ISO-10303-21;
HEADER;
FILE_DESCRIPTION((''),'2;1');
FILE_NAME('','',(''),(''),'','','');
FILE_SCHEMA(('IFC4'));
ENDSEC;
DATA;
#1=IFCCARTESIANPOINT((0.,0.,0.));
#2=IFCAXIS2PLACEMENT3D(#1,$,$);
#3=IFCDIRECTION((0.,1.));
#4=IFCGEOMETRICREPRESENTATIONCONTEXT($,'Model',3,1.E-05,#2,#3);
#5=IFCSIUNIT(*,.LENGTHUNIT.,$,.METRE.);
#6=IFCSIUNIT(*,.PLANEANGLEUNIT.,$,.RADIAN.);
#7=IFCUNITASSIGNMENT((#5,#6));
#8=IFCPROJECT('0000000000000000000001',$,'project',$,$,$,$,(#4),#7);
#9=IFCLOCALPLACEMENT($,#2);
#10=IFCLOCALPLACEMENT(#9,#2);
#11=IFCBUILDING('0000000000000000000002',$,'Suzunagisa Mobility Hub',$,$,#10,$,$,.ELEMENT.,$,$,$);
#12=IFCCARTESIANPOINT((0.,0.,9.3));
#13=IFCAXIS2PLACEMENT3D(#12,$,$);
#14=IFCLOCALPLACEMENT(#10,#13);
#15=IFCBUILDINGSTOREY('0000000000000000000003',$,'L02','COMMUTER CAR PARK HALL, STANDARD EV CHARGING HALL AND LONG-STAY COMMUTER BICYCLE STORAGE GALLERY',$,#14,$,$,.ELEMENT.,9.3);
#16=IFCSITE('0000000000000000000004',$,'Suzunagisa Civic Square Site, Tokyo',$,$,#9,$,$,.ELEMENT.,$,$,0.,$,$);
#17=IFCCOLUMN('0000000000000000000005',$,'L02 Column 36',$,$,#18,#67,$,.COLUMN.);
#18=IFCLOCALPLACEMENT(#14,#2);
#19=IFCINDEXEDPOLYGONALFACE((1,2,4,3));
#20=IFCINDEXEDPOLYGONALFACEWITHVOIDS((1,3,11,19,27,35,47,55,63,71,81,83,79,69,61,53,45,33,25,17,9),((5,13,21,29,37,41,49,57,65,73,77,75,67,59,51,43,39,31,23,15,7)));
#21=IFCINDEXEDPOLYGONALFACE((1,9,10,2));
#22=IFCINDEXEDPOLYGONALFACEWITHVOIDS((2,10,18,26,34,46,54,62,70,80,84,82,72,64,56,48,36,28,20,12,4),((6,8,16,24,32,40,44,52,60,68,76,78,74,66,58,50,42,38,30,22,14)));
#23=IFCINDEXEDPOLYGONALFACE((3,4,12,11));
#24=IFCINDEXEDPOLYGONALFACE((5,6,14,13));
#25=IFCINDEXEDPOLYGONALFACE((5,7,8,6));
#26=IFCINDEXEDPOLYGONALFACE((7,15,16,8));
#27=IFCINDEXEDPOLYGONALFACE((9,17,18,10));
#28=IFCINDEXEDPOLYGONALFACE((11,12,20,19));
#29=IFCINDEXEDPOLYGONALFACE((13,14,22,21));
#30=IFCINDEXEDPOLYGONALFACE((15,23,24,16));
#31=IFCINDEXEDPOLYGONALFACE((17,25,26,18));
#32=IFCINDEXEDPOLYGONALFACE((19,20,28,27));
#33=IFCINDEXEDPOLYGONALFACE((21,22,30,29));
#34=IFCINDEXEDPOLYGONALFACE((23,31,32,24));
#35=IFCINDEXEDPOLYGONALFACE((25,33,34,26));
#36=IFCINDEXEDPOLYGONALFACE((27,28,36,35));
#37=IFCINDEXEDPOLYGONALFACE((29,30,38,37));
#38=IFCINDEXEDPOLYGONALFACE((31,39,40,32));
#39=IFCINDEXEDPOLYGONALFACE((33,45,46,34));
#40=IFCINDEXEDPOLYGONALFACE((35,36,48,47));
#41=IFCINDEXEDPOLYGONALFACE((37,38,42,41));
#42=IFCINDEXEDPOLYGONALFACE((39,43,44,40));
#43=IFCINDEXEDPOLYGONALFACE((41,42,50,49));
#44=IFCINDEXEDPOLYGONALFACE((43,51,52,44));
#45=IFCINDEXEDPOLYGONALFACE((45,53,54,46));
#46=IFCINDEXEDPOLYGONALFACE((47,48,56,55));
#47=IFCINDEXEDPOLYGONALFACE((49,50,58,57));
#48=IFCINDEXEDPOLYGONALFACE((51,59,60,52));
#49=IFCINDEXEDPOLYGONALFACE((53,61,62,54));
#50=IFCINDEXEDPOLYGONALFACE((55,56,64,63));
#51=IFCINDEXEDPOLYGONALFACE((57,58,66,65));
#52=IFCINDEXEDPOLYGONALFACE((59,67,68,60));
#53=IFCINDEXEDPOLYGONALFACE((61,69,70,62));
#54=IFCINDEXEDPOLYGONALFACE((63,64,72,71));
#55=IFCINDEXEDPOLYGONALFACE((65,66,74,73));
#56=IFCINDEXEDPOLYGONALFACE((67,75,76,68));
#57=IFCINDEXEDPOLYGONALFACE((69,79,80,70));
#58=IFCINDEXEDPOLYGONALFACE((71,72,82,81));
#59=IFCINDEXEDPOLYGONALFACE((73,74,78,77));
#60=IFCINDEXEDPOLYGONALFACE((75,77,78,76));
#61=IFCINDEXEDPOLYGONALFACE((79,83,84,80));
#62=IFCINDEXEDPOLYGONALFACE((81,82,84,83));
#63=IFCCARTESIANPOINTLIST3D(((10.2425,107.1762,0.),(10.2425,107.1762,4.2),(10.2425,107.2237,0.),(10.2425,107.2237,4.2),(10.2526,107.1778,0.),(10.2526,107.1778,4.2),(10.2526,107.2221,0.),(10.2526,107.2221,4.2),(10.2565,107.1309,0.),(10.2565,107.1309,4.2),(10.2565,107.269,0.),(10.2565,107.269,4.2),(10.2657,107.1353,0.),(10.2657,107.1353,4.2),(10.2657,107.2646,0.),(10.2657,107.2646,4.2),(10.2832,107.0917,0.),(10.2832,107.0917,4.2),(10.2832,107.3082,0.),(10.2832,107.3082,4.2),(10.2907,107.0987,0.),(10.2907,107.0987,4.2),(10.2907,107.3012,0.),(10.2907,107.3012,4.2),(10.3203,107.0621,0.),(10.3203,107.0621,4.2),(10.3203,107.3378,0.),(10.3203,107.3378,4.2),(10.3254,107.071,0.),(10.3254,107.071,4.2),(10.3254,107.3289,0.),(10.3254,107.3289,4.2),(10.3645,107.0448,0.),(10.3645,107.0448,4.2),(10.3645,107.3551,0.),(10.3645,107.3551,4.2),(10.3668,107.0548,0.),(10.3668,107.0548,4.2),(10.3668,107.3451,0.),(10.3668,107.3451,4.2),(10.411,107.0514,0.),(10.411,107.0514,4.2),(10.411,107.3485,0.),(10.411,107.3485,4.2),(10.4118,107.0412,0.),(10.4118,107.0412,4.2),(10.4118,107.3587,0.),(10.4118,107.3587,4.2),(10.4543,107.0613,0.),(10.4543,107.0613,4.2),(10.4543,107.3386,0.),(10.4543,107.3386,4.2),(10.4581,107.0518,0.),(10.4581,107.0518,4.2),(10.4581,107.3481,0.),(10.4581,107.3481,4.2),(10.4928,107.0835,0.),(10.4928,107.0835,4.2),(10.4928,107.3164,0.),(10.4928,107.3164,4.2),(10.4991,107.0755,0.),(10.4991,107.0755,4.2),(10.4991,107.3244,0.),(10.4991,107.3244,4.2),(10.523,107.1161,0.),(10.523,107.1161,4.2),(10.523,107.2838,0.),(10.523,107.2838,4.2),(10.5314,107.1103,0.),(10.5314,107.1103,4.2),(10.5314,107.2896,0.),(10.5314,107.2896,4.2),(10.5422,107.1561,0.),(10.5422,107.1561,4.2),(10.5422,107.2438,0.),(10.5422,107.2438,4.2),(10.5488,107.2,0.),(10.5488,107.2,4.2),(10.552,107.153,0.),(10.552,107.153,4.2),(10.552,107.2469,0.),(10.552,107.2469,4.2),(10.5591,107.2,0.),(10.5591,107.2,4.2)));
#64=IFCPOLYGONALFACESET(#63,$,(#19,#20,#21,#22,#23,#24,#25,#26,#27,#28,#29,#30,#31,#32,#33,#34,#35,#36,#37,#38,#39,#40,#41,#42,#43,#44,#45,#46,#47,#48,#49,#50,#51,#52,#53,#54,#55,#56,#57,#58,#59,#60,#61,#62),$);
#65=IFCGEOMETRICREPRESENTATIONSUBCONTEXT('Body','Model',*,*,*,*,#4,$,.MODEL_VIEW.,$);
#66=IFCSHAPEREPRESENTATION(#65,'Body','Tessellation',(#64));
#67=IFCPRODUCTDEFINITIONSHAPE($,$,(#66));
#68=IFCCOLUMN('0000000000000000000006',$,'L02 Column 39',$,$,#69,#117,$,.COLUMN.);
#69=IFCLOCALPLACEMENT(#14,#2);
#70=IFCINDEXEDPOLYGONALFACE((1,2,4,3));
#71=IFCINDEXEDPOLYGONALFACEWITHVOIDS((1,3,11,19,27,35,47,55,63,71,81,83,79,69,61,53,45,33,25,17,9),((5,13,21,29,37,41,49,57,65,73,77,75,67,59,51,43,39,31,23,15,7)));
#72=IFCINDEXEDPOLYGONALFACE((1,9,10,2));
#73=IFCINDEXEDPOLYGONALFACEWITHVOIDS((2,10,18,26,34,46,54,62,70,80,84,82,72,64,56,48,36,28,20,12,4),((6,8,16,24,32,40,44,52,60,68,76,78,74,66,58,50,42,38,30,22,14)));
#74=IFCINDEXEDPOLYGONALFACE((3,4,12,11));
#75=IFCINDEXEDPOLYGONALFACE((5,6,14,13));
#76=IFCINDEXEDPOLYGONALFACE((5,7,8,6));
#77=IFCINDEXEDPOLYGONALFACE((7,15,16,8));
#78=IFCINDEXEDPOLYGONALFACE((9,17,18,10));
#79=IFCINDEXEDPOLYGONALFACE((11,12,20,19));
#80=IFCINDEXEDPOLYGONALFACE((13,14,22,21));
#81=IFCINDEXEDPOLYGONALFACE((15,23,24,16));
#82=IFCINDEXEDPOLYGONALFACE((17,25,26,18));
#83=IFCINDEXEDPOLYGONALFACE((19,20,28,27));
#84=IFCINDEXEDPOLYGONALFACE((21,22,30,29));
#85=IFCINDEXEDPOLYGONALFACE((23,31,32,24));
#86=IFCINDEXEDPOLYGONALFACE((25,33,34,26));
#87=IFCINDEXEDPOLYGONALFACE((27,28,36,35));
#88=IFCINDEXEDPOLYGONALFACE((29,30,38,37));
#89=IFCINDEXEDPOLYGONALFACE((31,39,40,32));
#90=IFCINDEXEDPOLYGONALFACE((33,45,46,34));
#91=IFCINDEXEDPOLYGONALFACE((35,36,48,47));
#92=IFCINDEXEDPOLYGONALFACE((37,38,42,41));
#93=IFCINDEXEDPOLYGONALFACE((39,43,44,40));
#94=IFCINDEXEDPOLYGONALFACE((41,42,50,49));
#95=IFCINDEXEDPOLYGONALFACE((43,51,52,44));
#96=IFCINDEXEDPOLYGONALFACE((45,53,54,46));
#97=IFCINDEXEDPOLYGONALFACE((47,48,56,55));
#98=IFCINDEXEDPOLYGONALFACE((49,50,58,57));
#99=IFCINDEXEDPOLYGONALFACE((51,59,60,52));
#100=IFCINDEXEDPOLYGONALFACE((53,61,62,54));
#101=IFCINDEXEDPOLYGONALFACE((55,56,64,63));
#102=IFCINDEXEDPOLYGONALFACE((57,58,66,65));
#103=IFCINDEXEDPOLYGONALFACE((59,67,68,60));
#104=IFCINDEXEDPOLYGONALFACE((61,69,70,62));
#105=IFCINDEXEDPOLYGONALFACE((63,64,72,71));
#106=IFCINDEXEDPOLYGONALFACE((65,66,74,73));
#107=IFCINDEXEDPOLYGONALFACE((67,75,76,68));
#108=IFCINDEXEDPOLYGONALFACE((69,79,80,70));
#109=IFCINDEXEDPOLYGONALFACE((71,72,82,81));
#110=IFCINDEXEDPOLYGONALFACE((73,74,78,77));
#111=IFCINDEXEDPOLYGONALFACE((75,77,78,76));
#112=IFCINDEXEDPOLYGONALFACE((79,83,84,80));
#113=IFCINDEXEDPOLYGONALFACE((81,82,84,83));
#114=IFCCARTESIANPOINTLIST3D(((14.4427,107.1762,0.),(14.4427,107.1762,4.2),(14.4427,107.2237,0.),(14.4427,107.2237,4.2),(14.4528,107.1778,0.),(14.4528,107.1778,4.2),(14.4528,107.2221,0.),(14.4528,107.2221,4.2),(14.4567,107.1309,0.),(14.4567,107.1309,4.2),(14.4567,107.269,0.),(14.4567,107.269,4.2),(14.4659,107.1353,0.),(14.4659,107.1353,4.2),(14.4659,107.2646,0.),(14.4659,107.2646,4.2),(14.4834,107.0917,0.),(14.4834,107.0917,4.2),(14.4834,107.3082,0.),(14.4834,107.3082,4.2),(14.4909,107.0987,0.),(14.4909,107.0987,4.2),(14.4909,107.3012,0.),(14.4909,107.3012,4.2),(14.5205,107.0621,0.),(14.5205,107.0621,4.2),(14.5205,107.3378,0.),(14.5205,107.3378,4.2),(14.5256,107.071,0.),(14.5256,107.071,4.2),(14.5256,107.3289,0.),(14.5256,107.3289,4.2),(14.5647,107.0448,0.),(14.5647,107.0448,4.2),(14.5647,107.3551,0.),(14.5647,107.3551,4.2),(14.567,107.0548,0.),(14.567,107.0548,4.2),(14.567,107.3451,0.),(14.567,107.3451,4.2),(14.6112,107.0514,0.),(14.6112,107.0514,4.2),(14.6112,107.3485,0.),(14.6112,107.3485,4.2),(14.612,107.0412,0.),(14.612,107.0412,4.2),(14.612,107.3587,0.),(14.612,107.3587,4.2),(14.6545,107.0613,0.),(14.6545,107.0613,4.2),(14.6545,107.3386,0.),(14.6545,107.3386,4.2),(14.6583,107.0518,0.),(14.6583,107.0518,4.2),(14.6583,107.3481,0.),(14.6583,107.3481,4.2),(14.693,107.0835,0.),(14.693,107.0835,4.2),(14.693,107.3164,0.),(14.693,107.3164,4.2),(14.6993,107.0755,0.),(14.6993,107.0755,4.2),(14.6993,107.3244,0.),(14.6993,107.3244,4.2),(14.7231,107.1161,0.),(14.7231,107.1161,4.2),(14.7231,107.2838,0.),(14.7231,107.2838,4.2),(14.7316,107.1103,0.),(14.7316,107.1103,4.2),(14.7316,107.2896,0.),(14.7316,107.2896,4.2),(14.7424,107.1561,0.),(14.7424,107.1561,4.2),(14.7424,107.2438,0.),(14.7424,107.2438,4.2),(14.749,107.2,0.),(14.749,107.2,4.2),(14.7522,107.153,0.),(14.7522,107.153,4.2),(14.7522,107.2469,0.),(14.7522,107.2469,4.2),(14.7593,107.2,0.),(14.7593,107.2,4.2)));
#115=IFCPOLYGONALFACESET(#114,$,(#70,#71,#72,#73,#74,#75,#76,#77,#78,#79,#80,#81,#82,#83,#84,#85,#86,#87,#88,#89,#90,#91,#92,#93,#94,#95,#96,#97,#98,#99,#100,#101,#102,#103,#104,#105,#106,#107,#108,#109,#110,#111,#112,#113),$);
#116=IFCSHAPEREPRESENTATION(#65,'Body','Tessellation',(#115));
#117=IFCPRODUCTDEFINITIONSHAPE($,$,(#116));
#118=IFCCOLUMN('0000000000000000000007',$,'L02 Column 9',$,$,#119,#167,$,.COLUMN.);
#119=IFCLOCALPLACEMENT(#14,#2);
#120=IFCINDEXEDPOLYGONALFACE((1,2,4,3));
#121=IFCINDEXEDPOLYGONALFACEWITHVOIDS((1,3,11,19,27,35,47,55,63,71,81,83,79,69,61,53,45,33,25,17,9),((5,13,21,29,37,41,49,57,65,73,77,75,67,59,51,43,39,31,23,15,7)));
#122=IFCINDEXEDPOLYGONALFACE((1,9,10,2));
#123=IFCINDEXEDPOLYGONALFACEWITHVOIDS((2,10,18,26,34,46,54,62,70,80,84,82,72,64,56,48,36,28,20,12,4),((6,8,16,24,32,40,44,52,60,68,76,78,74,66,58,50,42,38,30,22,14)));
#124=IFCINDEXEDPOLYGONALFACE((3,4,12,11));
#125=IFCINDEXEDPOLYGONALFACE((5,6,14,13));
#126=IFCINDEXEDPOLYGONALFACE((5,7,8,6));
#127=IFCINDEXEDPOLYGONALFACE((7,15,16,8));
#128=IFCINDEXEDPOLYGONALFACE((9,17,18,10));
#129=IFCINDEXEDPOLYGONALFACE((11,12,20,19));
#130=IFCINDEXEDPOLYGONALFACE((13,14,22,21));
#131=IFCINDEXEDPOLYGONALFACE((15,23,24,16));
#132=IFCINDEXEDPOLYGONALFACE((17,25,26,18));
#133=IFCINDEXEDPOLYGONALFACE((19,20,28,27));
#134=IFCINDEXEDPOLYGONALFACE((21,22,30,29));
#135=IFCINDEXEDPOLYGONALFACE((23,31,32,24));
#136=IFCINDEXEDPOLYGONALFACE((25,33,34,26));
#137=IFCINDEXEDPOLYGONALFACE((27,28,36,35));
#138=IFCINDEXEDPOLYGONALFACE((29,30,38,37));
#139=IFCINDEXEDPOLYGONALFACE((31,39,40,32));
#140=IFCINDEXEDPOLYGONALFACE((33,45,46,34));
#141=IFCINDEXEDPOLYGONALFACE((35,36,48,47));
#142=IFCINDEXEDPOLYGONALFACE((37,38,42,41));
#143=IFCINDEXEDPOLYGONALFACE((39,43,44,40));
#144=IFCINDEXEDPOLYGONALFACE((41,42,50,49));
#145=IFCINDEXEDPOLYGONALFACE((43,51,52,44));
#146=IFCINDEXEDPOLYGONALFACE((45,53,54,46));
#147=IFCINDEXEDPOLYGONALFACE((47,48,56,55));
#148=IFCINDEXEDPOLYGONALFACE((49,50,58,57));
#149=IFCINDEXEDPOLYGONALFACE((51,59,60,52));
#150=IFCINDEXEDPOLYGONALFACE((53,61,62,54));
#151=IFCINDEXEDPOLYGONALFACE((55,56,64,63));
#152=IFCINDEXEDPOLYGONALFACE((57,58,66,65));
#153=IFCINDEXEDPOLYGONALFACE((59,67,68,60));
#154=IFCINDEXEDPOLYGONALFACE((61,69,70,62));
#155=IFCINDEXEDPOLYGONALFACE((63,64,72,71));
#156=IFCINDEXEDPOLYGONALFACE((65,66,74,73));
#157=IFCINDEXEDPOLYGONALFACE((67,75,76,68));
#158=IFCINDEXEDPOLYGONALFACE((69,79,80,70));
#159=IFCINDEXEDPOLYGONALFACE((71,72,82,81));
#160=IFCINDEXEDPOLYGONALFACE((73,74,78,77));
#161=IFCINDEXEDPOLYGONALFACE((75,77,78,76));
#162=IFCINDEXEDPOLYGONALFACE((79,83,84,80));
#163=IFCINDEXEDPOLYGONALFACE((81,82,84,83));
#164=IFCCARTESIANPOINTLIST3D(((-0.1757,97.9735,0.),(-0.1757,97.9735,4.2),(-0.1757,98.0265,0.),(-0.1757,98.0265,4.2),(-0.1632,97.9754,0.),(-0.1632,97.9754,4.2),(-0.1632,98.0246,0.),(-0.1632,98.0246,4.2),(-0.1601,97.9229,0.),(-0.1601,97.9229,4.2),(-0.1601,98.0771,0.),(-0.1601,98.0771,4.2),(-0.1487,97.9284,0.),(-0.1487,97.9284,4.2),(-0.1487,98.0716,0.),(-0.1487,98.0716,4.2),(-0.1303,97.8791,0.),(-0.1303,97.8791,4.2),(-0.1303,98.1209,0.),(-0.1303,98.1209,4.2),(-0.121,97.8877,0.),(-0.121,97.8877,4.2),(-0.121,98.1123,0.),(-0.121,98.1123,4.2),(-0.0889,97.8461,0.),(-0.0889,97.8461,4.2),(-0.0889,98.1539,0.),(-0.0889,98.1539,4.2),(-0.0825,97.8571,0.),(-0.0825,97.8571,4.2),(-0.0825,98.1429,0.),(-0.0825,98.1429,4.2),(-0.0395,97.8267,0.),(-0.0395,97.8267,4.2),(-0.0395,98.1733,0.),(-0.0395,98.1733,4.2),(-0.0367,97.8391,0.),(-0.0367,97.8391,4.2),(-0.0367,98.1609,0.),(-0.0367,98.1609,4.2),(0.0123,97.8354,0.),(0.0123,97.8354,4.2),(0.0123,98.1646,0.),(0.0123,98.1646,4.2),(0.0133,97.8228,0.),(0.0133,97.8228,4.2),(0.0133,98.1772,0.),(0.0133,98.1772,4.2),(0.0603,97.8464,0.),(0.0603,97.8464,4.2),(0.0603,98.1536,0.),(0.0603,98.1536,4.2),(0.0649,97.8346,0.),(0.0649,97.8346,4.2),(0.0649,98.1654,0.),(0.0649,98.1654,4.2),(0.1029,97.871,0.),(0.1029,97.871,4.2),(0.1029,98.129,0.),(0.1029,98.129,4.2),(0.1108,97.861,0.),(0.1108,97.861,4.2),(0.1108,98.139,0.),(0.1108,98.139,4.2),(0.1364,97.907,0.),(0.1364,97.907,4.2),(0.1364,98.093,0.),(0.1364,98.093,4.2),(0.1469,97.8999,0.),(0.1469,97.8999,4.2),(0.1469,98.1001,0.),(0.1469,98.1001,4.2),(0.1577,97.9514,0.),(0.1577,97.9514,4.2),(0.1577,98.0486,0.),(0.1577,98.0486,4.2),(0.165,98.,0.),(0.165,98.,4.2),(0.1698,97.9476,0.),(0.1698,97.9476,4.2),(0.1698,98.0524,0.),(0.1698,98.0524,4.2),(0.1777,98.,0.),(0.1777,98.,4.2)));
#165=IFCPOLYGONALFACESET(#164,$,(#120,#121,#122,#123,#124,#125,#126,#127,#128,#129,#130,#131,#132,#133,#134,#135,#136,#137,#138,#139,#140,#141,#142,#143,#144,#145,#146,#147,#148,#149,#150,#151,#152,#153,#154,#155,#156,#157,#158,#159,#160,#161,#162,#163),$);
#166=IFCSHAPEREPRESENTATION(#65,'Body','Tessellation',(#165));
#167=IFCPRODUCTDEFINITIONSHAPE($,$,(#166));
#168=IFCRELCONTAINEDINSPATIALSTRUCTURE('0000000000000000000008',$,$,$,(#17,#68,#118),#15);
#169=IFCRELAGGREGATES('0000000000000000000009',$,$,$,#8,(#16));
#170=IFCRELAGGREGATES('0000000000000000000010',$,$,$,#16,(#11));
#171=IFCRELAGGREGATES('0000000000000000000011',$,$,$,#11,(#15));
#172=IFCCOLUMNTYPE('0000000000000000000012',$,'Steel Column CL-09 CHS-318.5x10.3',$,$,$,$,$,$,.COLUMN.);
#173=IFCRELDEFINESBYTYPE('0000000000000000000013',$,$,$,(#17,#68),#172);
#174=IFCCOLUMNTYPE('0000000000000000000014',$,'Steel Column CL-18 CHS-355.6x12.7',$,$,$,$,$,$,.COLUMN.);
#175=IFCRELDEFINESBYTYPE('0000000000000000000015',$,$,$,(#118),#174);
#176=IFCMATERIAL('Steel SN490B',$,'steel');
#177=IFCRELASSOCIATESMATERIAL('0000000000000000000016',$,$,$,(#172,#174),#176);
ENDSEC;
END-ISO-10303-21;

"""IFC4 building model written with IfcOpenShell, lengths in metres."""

from ifc_helpers import new_model, si_unit, direction, frame, origin, origin_2d, place, context, subcontext, project, spatial, hollow_circle, extrude, material, material_profile, profile_set, type_object, element, save


model = new_model("IFC4")

# Units and contexts
model_context = context("Model", 3, precision=1e-05, world=origin(), true_north=direction((0.0, 1.0)))
body_context = subcontext(model_context, "Body", "Model", "MODEL_VIEW")
ifc_project = project(units=[si_unit("LENGTHUNIT", "METRE"), si_unit("PLANEANGLEUNIT", "RADIAN")], contexts=[model_context])

# Site, building, storey
site_placement = place(None, origin())
site = spatial("IfcSite", under=ifc_project, at=site_placement, Name="Suzunagisa Civic Square Site, Tokyo", CompositionType="ELEMENT", RefElevation=0.0)
building_placement = place(site_placement, origin())
building = spatial("IfcBuilding", under=site, at=building_placement, Name="Suzunagisa Mobility Hub", CompositionType="ELEMENT")
storey_placement = place(building_placement, frame((0.0, 0.0, 9.3)))
storey = spatial("IfcBuildingStorey", under=building, at=storey_placement, Name="L02", Description="COMMUTER CAR PARK HALL, STANDARD EV CHARGING HALL AND LONG-STAY COMMUTER BICYCLE STORAGE GALLERY", CompositionType="ELEMENT", Elevation=9.3)

# Columns
ifc_material_1 = material(Name="Steel SN490B", Category="steel")
ifc_material_profile_1 = material_profile(ifc_material_1, hollow_circle(Radius=0.1592, WallThickness=0.0103, at=origin_2d()), Name="CHS-318.5x10.3")
ifc_profile_set_1 = profile_set([ifc_material_profile_1], Name="Steel SN490B")
column_type_1 = type_object("IfcColumnType", Name="Steel Column CL-09 CHS-318.5x10.3", PredefinedType="COLUMN", material=ifc_profile_set_1)
for number, where, z_axis, x_axis, name in (
    (1, (10.3999, 107.2, 0.0), (0.0, 0.0, 1.0), (1.0, 0.0, 0.0), "L02 Column 36"),
    (2, (14.6001, 107.2, 0.0), (0.0, 0.0, 1.0), (1.0, 0.0, 0.0), "L02 Column 39"),
):
    element("IfcColumn", number, at=place(storey_placement, frame(where, z_axis=z_axis, x_axis=x_axis)), inside=storey, type_object=column_type_1, Name=name, PredefinedType="COLUMN", context=body_context, shape_type="SweptSolid", body=[
        extrude(hollow_circle(Radius=0.1592, WallThickness=0.0103, at=origin_2d()), origin(), (0.0, 0.0, 1.0), 4.2),
    ])
ifc_material_profile_2 = material_profile(ifc_material_1, hollow_circle(Radius=0.1777, WallThickness=0.0127, at=origin_2d()), Name="CHS-355.6x12.7")
ifc_profile_set_2 = profile_set([ifc_material_profile_2], Name="Steel SN490B")
column_type_2 = type_object("IfcColumnType", Name="Steel Column CL-18 CHS-355.6x12.7", PredefinedType="COLUMN", material=ifc_profile_set_2)
for number, where, z_axis, x_axis, name in (
    (3, (0.0, 98.0, 0.0), (0.0, 0.0, 1.0), (1.0, 0.0, 0.0), "L02 Column 9"),
):
    element("IfcColumn", number, at=place(storey_placement, frame(where, z_axis=z_axis, x_axis=x_axis)), inside=storey, type_object=column_type_2, Name=name, PredefinedType="COLUMN", context=body_context, shape_type="SweptSolid", body=[
        extrude(hollow_circle(Radius=0.1777, WallThickness=0.0127, at=origin_2d()), origin(), (0.0, 0.0, 1.0), 4.2),
    ])

save(model, "model.ifc")
